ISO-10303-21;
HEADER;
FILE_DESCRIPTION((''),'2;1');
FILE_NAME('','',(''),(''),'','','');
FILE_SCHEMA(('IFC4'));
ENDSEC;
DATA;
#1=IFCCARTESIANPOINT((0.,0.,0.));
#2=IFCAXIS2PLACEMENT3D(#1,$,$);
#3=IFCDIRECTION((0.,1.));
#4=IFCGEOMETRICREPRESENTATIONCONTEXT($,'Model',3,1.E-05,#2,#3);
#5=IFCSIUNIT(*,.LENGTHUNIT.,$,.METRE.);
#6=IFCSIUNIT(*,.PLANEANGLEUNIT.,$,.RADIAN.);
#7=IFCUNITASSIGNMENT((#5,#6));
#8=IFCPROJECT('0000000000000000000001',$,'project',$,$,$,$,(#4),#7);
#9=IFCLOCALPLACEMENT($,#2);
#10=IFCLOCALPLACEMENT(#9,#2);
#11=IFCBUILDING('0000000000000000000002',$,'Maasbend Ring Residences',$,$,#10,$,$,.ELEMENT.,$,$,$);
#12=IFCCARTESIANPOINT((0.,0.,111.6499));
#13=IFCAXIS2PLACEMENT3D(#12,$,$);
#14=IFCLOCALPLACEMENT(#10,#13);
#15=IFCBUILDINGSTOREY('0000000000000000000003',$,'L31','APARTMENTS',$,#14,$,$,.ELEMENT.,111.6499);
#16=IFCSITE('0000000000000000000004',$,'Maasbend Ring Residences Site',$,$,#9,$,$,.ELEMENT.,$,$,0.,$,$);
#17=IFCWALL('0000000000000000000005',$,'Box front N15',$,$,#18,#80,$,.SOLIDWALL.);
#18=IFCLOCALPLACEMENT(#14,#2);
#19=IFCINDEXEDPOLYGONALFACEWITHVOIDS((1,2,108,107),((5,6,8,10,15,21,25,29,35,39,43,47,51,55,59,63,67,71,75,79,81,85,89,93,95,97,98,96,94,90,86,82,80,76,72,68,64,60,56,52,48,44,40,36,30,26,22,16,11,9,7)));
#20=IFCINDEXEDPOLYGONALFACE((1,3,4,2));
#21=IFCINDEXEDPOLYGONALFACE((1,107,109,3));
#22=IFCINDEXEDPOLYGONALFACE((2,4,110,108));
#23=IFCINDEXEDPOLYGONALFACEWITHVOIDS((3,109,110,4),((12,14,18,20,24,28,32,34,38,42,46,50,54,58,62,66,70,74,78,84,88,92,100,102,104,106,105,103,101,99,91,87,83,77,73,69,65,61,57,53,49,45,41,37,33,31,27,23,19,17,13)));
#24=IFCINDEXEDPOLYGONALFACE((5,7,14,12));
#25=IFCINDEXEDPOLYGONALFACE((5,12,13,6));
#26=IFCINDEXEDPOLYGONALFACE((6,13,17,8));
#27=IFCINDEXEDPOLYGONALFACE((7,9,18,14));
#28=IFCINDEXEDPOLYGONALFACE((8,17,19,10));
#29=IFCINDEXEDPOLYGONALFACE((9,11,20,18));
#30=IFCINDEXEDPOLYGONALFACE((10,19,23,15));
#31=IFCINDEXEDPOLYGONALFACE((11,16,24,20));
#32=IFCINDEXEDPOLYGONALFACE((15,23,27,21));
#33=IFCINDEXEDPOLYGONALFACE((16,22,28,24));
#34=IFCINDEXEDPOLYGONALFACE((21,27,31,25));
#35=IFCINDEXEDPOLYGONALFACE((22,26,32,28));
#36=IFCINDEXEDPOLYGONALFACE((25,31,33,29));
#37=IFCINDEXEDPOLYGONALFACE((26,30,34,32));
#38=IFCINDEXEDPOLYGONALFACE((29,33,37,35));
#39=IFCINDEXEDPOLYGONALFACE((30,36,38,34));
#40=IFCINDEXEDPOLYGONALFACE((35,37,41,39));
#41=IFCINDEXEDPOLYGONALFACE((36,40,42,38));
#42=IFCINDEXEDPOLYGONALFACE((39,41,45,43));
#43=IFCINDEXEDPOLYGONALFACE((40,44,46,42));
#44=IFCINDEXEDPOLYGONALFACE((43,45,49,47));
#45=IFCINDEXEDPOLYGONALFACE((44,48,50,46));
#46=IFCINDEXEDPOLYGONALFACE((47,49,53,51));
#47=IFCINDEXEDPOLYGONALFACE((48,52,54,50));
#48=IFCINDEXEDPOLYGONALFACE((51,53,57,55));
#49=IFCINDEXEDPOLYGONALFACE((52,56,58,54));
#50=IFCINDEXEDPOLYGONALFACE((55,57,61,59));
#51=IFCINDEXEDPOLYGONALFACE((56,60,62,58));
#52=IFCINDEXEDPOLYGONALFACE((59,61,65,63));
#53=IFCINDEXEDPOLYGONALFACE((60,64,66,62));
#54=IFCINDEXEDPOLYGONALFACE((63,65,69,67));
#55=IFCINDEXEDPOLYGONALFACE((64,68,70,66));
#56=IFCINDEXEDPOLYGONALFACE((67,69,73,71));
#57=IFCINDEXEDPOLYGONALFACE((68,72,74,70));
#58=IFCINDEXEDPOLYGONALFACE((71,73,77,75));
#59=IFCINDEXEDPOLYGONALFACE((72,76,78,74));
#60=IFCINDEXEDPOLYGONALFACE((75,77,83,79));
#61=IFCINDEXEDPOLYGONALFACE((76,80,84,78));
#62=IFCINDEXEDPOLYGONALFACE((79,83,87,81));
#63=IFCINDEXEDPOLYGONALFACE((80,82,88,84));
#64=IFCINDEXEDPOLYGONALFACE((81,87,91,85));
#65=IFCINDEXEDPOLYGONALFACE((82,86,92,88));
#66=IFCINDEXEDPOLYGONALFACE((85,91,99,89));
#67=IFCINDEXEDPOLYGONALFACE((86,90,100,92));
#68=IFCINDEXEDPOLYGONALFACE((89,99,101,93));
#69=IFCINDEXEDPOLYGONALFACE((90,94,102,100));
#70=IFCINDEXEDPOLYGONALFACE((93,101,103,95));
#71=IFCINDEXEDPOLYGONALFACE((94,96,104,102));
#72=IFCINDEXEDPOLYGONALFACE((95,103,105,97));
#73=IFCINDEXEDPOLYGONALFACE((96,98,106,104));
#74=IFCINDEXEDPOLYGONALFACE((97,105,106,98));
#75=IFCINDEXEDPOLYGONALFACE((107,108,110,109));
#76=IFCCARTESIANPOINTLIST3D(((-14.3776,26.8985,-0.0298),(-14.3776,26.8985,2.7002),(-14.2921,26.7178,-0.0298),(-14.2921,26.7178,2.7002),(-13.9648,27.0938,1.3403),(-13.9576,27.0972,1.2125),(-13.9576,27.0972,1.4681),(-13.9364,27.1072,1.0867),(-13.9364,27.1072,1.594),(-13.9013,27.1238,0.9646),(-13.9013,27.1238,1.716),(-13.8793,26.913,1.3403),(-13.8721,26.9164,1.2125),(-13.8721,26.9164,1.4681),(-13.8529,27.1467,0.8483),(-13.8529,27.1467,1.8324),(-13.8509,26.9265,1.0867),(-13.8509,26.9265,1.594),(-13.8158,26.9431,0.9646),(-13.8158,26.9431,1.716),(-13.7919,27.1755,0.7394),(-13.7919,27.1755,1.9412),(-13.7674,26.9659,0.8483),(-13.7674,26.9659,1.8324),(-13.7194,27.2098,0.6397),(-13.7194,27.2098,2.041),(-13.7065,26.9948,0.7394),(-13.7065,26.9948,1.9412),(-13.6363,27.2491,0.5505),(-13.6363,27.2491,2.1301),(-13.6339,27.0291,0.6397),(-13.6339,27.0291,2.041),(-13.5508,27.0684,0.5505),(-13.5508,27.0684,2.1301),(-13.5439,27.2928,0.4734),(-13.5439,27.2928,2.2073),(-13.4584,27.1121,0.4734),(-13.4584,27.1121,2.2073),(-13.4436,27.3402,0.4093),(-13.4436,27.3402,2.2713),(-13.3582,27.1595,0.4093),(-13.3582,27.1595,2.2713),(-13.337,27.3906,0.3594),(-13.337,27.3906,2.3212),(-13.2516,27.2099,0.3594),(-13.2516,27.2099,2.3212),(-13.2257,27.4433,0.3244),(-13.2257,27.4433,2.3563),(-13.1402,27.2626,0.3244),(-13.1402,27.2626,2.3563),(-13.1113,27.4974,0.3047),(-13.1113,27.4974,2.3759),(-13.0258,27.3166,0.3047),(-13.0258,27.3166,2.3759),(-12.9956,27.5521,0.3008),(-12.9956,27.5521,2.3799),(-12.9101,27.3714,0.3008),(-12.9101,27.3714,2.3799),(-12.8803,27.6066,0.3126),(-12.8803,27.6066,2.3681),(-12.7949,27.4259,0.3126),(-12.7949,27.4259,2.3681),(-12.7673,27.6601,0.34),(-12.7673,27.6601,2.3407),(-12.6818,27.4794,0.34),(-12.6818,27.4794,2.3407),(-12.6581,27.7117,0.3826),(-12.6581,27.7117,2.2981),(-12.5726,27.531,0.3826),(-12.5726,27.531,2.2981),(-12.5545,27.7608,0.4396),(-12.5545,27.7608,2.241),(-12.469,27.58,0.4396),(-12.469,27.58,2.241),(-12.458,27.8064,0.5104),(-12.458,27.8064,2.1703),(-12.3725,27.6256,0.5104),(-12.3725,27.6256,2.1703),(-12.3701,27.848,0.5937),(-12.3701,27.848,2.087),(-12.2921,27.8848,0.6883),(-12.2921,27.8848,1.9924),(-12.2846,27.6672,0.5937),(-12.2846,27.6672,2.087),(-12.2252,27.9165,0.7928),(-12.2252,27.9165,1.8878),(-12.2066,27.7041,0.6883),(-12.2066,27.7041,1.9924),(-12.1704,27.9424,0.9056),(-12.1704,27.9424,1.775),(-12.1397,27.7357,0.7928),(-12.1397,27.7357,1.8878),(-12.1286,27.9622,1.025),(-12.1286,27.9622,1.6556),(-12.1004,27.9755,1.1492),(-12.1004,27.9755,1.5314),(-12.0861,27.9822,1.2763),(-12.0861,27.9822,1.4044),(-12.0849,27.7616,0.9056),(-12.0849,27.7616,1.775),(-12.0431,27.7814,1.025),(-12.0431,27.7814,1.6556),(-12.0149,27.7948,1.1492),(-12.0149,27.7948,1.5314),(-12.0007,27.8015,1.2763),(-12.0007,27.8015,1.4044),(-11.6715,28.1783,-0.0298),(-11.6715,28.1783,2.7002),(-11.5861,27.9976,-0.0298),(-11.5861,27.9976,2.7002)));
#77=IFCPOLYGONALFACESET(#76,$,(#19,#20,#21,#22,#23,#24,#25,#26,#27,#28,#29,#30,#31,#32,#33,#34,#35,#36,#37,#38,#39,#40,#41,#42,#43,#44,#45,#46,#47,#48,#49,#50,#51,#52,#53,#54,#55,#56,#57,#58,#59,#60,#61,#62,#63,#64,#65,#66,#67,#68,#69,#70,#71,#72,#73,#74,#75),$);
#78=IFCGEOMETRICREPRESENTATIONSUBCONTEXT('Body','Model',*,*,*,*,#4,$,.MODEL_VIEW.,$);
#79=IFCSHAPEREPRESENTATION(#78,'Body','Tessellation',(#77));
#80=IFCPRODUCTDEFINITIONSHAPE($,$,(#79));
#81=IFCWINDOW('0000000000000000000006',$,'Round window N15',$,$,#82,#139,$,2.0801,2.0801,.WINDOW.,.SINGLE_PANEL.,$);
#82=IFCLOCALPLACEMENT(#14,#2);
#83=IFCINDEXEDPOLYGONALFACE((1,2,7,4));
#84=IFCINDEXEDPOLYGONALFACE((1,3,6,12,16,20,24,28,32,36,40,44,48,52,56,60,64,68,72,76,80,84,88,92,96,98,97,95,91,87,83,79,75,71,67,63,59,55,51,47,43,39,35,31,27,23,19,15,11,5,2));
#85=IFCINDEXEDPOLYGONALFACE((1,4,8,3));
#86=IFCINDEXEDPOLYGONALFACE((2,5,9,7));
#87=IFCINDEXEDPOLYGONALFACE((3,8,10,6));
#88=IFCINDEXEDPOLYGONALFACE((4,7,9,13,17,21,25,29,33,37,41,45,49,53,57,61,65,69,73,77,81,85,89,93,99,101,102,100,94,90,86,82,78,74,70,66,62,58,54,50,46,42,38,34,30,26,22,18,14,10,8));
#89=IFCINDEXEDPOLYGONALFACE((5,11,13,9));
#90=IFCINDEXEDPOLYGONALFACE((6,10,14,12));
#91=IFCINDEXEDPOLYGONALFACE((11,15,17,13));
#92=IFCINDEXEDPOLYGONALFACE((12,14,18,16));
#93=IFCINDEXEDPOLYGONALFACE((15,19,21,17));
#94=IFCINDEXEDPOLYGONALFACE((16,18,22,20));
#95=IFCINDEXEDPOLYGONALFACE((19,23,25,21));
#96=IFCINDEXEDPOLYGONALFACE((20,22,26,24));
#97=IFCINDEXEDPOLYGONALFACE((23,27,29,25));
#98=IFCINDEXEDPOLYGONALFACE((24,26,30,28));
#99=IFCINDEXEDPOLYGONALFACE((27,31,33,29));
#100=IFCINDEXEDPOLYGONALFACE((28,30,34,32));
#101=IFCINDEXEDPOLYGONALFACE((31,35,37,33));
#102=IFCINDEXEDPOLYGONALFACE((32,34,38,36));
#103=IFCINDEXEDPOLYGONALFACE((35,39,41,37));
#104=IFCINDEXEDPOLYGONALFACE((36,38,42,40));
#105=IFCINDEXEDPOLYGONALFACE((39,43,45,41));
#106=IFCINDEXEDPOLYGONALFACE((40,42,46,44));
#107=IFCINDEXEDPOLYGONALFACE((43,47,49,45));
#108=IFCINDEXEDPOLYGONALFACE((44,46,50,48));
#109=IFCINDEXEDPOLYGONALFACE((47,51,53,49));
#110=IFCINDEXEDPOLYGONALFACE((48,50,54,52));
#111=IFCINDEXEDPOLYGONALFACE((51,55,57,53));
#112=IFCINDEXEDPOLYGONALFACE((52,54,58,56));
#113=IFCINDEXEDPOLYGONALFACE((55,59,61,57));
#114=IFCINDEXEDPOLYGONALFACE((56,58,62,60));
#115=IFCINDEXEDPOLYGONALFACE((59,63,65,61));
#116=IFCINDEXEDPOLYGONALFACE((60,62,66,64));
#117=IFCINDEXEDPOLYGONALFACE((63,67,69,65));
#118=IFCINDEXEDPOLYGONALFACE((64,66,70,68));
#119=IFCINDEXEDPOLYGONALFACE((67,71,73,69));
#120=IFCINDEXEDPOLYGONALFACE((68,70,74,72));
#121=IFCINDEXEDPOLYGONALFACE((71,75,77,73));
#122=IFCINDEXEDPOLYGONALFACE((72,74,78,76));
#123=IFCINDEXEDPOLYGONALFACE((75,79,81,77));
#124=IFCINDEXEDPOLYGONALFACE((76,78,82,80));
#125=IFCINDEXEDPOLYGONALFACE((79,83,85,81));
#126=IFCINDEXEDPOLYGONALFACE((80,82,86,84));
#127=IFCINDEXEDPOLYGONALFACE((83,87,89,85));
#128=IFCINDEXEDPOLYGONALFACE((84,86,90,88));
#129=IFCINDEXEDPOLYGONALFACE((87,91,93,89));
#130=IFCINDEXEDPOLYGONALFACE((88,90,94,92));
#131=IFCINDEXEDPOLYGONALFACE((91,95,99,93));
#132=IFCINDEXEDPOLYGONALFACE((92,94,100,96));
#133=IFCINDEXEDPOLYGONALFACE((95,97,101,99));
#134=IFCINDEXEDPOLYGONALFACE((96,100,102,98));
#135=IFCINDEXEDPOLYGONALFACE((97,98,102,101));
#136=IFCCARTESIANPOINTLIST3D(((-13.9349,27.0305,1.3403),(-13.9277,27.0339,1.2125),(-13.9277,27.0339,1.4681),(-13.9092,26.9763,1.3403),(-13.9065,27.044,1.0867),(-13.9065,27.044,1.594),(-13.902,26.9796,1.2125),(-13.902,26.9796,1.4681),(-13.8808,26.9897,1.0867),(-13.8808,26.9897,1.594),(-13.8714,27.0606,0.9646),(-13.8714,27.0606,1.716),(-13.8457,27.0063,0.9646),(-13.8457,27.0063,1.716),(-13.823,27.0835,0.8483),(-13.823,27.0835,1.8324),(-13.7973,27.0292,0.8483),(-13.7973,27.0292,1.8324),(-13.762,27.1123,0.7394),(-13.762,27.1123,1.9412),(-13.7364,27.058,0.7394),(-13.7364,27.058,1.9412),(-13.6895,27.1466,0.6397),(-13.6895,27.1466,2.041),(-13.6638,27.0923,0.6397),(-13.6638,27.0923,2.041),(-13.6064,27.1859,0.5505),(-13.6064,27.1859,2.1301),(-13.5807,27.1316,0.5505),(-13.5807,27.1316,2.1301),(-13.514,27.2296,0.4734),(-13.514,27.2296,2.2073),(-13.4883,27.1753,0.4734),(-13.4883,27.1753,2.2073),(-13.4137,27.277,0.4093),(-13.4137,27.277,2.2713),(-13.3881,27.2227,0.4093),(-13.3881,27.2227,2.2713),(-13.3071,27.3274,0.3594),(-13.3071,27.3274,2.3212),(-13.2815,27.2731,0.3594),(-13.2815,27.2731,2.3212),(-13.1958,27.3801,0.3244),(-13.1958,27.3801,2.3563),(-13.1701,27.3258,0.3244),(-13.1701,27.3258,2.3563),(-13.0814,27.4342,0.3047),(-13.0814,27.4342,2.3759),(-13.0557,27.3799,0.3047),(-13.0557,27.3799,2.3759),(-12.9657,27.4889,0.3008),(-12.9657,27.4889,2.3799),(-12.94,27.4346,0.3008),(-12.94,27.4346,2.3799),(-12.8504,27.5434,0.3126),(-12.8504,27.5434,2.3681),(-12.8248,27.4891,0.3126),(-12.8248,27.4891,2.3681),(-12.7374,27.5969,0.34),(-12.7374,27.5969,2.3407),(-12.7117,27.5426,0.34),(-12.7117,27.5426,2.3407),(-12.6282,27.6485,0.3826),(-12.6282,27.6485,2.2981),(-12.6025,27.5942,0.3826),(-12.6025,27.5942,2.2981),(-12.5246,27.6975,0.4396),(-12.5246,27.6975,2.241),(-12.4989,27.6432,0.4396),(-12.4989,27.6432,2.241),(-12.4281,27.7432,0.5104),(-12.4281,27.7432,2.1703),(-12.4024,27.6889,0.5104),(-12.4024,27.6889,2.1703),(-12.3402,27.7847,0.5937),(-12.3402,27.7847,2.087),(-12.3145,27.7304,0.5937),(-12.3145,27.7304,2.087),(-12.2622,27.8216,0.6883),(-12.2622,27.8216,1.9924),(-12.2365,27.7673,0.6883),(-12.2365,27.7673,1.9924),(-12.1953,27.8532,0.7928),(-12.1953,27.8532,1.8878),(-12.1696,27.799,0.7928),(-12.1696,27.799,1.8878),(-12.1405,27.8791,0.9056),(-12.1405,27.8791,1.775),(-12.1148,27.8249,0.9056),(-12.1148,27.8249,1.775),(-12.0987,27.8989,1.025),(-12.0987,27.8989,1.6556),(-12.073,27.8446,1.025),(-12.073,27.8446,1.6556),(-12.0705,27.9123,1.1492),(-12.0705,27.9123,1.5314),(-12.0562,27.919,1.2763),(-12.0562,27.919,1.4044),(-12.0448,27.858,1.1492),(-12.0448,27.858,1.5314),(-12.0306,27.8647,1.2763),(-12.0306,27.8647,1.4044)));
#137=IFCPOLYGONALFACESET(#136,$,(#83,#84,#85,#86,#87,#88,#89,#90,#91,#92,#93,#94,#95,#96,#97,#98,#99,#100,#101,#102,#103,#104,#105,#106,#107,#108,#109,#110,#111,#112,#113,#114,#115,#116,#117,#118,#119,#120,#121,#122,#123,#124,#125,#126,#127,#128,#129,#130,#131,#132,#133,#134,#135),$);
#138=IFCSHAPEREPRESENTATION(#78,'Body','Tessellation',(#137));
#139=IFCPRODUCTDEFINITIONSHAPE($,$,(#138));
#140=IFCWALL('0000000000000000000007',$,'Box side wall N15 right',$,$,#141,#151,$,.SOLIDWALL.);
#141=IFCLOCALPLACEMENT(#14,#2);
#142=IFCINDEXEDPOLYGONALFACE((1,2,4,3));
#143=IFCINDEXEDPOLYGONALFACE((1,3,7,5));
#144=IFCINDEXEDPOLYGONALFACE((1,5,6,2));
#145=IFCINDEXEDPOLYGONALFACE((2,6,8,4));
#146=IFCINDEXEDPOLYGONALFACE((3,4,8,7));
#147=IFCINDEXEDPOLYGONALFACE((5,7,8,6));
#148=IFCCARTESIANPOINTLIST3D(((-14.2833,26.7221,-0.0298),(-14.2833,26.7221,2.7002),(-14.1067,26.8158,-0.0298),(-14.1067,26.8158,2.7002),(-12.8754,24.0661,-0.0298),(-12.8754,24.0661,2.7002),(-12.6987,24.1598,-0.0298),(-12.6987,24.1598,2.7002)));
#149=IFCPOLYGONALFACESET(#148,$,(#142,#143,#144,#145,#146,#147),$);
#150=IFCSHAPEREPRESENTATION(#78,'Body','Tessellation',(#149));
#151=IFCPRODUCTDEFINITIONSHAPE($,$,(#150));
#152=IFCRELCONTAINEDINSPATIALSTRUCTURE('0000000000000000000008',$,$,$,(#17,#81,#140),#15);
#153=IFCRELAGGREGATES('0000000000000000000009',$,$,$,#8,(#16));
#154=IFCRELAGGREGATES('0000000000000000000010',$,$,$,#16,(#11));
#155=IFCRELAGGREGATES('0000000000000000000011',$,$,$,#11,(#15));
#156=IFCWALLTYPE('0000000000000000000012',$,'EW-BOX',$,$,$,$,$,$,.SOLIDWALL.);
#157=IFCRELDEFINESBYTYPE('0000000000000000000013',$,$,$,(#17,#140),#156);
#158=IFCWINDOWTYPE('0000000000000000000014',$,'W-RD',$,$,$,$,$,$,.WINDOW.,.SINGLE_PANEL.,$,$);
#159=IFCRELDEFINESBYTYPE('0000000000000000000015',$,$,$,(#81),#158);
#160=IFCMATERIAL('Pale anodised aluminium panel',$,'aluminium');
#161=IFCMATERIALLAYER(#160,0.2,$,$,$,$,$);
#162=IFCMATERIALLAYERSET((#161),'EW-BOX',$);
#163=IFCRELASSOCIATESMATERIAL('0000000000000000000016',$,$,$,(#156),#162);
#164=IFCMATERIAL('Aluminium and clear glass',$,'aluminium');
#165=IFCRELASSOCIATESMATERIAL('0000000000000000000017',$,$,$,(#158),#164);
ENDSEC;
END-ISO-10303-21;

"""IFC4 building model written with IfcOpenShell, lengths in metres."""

from ifc_helpers import new_model, si_unit, direction, frame, frame_2d, origin, place, context, subcontext, project, spatial, rectangle, circle, extrude, material, layer, layer_set, type_object, element, fill, save


model = new_model("IFC4")

# Units and contexts
model_context = context("Model", 3, precision=1e-05, world=origin(), true_north=direction((0.0, 1.0)))
body_context = subcontext(model_context, "Body", "Model", "MODEL_VIEW")
ifc_project = project(units=[si_unit("LENGTHUNIT", "METRE"), si_unit("PLANEANGLEUNIT", "RADIAN")], contexts=[model_context])

# Site, building, storey
site_placement = place(None, origin())
site = spatial("IfcSite", under=ifc_project, at=site_placement, Name="Maasbend Ring Residences Site", CompositionType="ELEMENT", RefElevation=0.0)
building_placement = place(site_placement, origin())
building = spatial("IfcBuilding", under=site, at=building_placement, Name="Maasbend Ring Residences", CompositionType="ELEMENT")
storey_placement = place(building_placement, frame((0.0, 0.0, 111.6499)))
storey = spatial("IfcBuildingStorey", under=building, at=storey_placement, Name="L31", Description="APARTMENTS", CompositionType="ELEMENT", Elevation=111.6499)

# Wall, opening, window
ifc_material_1 = material(Name="Pale anodised aluminium panel", Category="aluminium")
ifc_layer_1 = layer(ifc_material_1, 0.2)
ifc_layer_set_1 = layer_set([ifc_layer_1], Name="EW-BOX")
wall_type_1 = type_object("IfcWallType", Name="EW-BOX", PredefinedType="SOLIDWALL", material=ifc_layer_set_1)
wall_1_placement = place(storey_placement, frame((-11.6289, 28.0879, -0.0298), z_axis=(0.0, 0.0, 1.0), x_axis=(-0.904, -0.427532, 0.0)))
wall_1 = element("IfcWall", 1, at=wall_1_placement, inside=storey, type_object=wall_type_1, Name="Box front N15", PredefinedType="SOLIDWALL", context=body_context, shape_type="SweptSolid", body=[
    extrude(rectangle(XDim=2.9934, YDim=0.2, at=frame_2d((1.4966, 0.0))), origin(), (0.0, 0.0, 1.0), 2.73),
])
opening_1_placement = place(wall_1_placement, frame((0.4565, 0.0, 0.3301)))
opening_1 = element("IfcOpeningElement", 2, at=opening_1_placement, cuts=wall_1, PredefinedType="OPENING", context=body_context, shape_type="SweptSolid", body=[
    extrude(circle(Radius=1.04, at=frame_2d((1.04, 1.04))), frame((0.0, 0.1099, 0.0), z_axis=(0.0, -1.0, 0.0), x_axis=(1.0, 0.0, 0.0)), (0.0, 0.0, 1.0), 0.22),
])
ifc_material_2 = material(Name="Aluminium and clear glass", Category="aluminium")
window_type_1 = type_object("IfcWindowType", Name="W-RD", PartitioningType="SINGLE_PANEL", PredefinedType="WINDOW", material=ifc_material_2)
window_1_placement = place(opening_1_placement, origin())
window_1 = element("IfcWindow", 3, at=window_1_placement, inside=storey, type_object=window_type_1, Name="Round window N15", OverallHeight=2.0801, OverallWidth=2.0801, PartitioningType="SINGLE_PANEL", PredefinedType="WINDOW", context=body_context, shape_type="SweptSolid", body=[
    extrude(circle(Radius=1.04, at=frame_2d((1.04, 1.04))), frame((0.0, 0.03, 0.0), z_axis=(0.0, -1.0, 0.0), x_axis=(1.0, 0.0, 0.0)), (0.0, 0.0, 1.0), 0.0601),
])
fill(opening_1, window_1)

# Wall
wall_2_placement = place(storey_placement, frame((-12.7871, 24.113, -0.0298), z_axis=(0.0, 0.0, 1.0), x_axis=(-0.468365, 0.883535, 0.0)))
element("IfcWall", 4, at=wall_2_placement, inside=storey, type_object=wall_type_1, Name="Box side wall N15 right", PredefinedType="SOLIDWALL", context=body_context, shape_type="SweptSolid", body=[
    extrude(rectangle(XDim=3.0061, YDim=0.2, at=frame_2d((1.5029, 0.0))), origin(), (0.0, 0.0, 1.0), 2.73),
])

save(model, "model.ifc")
